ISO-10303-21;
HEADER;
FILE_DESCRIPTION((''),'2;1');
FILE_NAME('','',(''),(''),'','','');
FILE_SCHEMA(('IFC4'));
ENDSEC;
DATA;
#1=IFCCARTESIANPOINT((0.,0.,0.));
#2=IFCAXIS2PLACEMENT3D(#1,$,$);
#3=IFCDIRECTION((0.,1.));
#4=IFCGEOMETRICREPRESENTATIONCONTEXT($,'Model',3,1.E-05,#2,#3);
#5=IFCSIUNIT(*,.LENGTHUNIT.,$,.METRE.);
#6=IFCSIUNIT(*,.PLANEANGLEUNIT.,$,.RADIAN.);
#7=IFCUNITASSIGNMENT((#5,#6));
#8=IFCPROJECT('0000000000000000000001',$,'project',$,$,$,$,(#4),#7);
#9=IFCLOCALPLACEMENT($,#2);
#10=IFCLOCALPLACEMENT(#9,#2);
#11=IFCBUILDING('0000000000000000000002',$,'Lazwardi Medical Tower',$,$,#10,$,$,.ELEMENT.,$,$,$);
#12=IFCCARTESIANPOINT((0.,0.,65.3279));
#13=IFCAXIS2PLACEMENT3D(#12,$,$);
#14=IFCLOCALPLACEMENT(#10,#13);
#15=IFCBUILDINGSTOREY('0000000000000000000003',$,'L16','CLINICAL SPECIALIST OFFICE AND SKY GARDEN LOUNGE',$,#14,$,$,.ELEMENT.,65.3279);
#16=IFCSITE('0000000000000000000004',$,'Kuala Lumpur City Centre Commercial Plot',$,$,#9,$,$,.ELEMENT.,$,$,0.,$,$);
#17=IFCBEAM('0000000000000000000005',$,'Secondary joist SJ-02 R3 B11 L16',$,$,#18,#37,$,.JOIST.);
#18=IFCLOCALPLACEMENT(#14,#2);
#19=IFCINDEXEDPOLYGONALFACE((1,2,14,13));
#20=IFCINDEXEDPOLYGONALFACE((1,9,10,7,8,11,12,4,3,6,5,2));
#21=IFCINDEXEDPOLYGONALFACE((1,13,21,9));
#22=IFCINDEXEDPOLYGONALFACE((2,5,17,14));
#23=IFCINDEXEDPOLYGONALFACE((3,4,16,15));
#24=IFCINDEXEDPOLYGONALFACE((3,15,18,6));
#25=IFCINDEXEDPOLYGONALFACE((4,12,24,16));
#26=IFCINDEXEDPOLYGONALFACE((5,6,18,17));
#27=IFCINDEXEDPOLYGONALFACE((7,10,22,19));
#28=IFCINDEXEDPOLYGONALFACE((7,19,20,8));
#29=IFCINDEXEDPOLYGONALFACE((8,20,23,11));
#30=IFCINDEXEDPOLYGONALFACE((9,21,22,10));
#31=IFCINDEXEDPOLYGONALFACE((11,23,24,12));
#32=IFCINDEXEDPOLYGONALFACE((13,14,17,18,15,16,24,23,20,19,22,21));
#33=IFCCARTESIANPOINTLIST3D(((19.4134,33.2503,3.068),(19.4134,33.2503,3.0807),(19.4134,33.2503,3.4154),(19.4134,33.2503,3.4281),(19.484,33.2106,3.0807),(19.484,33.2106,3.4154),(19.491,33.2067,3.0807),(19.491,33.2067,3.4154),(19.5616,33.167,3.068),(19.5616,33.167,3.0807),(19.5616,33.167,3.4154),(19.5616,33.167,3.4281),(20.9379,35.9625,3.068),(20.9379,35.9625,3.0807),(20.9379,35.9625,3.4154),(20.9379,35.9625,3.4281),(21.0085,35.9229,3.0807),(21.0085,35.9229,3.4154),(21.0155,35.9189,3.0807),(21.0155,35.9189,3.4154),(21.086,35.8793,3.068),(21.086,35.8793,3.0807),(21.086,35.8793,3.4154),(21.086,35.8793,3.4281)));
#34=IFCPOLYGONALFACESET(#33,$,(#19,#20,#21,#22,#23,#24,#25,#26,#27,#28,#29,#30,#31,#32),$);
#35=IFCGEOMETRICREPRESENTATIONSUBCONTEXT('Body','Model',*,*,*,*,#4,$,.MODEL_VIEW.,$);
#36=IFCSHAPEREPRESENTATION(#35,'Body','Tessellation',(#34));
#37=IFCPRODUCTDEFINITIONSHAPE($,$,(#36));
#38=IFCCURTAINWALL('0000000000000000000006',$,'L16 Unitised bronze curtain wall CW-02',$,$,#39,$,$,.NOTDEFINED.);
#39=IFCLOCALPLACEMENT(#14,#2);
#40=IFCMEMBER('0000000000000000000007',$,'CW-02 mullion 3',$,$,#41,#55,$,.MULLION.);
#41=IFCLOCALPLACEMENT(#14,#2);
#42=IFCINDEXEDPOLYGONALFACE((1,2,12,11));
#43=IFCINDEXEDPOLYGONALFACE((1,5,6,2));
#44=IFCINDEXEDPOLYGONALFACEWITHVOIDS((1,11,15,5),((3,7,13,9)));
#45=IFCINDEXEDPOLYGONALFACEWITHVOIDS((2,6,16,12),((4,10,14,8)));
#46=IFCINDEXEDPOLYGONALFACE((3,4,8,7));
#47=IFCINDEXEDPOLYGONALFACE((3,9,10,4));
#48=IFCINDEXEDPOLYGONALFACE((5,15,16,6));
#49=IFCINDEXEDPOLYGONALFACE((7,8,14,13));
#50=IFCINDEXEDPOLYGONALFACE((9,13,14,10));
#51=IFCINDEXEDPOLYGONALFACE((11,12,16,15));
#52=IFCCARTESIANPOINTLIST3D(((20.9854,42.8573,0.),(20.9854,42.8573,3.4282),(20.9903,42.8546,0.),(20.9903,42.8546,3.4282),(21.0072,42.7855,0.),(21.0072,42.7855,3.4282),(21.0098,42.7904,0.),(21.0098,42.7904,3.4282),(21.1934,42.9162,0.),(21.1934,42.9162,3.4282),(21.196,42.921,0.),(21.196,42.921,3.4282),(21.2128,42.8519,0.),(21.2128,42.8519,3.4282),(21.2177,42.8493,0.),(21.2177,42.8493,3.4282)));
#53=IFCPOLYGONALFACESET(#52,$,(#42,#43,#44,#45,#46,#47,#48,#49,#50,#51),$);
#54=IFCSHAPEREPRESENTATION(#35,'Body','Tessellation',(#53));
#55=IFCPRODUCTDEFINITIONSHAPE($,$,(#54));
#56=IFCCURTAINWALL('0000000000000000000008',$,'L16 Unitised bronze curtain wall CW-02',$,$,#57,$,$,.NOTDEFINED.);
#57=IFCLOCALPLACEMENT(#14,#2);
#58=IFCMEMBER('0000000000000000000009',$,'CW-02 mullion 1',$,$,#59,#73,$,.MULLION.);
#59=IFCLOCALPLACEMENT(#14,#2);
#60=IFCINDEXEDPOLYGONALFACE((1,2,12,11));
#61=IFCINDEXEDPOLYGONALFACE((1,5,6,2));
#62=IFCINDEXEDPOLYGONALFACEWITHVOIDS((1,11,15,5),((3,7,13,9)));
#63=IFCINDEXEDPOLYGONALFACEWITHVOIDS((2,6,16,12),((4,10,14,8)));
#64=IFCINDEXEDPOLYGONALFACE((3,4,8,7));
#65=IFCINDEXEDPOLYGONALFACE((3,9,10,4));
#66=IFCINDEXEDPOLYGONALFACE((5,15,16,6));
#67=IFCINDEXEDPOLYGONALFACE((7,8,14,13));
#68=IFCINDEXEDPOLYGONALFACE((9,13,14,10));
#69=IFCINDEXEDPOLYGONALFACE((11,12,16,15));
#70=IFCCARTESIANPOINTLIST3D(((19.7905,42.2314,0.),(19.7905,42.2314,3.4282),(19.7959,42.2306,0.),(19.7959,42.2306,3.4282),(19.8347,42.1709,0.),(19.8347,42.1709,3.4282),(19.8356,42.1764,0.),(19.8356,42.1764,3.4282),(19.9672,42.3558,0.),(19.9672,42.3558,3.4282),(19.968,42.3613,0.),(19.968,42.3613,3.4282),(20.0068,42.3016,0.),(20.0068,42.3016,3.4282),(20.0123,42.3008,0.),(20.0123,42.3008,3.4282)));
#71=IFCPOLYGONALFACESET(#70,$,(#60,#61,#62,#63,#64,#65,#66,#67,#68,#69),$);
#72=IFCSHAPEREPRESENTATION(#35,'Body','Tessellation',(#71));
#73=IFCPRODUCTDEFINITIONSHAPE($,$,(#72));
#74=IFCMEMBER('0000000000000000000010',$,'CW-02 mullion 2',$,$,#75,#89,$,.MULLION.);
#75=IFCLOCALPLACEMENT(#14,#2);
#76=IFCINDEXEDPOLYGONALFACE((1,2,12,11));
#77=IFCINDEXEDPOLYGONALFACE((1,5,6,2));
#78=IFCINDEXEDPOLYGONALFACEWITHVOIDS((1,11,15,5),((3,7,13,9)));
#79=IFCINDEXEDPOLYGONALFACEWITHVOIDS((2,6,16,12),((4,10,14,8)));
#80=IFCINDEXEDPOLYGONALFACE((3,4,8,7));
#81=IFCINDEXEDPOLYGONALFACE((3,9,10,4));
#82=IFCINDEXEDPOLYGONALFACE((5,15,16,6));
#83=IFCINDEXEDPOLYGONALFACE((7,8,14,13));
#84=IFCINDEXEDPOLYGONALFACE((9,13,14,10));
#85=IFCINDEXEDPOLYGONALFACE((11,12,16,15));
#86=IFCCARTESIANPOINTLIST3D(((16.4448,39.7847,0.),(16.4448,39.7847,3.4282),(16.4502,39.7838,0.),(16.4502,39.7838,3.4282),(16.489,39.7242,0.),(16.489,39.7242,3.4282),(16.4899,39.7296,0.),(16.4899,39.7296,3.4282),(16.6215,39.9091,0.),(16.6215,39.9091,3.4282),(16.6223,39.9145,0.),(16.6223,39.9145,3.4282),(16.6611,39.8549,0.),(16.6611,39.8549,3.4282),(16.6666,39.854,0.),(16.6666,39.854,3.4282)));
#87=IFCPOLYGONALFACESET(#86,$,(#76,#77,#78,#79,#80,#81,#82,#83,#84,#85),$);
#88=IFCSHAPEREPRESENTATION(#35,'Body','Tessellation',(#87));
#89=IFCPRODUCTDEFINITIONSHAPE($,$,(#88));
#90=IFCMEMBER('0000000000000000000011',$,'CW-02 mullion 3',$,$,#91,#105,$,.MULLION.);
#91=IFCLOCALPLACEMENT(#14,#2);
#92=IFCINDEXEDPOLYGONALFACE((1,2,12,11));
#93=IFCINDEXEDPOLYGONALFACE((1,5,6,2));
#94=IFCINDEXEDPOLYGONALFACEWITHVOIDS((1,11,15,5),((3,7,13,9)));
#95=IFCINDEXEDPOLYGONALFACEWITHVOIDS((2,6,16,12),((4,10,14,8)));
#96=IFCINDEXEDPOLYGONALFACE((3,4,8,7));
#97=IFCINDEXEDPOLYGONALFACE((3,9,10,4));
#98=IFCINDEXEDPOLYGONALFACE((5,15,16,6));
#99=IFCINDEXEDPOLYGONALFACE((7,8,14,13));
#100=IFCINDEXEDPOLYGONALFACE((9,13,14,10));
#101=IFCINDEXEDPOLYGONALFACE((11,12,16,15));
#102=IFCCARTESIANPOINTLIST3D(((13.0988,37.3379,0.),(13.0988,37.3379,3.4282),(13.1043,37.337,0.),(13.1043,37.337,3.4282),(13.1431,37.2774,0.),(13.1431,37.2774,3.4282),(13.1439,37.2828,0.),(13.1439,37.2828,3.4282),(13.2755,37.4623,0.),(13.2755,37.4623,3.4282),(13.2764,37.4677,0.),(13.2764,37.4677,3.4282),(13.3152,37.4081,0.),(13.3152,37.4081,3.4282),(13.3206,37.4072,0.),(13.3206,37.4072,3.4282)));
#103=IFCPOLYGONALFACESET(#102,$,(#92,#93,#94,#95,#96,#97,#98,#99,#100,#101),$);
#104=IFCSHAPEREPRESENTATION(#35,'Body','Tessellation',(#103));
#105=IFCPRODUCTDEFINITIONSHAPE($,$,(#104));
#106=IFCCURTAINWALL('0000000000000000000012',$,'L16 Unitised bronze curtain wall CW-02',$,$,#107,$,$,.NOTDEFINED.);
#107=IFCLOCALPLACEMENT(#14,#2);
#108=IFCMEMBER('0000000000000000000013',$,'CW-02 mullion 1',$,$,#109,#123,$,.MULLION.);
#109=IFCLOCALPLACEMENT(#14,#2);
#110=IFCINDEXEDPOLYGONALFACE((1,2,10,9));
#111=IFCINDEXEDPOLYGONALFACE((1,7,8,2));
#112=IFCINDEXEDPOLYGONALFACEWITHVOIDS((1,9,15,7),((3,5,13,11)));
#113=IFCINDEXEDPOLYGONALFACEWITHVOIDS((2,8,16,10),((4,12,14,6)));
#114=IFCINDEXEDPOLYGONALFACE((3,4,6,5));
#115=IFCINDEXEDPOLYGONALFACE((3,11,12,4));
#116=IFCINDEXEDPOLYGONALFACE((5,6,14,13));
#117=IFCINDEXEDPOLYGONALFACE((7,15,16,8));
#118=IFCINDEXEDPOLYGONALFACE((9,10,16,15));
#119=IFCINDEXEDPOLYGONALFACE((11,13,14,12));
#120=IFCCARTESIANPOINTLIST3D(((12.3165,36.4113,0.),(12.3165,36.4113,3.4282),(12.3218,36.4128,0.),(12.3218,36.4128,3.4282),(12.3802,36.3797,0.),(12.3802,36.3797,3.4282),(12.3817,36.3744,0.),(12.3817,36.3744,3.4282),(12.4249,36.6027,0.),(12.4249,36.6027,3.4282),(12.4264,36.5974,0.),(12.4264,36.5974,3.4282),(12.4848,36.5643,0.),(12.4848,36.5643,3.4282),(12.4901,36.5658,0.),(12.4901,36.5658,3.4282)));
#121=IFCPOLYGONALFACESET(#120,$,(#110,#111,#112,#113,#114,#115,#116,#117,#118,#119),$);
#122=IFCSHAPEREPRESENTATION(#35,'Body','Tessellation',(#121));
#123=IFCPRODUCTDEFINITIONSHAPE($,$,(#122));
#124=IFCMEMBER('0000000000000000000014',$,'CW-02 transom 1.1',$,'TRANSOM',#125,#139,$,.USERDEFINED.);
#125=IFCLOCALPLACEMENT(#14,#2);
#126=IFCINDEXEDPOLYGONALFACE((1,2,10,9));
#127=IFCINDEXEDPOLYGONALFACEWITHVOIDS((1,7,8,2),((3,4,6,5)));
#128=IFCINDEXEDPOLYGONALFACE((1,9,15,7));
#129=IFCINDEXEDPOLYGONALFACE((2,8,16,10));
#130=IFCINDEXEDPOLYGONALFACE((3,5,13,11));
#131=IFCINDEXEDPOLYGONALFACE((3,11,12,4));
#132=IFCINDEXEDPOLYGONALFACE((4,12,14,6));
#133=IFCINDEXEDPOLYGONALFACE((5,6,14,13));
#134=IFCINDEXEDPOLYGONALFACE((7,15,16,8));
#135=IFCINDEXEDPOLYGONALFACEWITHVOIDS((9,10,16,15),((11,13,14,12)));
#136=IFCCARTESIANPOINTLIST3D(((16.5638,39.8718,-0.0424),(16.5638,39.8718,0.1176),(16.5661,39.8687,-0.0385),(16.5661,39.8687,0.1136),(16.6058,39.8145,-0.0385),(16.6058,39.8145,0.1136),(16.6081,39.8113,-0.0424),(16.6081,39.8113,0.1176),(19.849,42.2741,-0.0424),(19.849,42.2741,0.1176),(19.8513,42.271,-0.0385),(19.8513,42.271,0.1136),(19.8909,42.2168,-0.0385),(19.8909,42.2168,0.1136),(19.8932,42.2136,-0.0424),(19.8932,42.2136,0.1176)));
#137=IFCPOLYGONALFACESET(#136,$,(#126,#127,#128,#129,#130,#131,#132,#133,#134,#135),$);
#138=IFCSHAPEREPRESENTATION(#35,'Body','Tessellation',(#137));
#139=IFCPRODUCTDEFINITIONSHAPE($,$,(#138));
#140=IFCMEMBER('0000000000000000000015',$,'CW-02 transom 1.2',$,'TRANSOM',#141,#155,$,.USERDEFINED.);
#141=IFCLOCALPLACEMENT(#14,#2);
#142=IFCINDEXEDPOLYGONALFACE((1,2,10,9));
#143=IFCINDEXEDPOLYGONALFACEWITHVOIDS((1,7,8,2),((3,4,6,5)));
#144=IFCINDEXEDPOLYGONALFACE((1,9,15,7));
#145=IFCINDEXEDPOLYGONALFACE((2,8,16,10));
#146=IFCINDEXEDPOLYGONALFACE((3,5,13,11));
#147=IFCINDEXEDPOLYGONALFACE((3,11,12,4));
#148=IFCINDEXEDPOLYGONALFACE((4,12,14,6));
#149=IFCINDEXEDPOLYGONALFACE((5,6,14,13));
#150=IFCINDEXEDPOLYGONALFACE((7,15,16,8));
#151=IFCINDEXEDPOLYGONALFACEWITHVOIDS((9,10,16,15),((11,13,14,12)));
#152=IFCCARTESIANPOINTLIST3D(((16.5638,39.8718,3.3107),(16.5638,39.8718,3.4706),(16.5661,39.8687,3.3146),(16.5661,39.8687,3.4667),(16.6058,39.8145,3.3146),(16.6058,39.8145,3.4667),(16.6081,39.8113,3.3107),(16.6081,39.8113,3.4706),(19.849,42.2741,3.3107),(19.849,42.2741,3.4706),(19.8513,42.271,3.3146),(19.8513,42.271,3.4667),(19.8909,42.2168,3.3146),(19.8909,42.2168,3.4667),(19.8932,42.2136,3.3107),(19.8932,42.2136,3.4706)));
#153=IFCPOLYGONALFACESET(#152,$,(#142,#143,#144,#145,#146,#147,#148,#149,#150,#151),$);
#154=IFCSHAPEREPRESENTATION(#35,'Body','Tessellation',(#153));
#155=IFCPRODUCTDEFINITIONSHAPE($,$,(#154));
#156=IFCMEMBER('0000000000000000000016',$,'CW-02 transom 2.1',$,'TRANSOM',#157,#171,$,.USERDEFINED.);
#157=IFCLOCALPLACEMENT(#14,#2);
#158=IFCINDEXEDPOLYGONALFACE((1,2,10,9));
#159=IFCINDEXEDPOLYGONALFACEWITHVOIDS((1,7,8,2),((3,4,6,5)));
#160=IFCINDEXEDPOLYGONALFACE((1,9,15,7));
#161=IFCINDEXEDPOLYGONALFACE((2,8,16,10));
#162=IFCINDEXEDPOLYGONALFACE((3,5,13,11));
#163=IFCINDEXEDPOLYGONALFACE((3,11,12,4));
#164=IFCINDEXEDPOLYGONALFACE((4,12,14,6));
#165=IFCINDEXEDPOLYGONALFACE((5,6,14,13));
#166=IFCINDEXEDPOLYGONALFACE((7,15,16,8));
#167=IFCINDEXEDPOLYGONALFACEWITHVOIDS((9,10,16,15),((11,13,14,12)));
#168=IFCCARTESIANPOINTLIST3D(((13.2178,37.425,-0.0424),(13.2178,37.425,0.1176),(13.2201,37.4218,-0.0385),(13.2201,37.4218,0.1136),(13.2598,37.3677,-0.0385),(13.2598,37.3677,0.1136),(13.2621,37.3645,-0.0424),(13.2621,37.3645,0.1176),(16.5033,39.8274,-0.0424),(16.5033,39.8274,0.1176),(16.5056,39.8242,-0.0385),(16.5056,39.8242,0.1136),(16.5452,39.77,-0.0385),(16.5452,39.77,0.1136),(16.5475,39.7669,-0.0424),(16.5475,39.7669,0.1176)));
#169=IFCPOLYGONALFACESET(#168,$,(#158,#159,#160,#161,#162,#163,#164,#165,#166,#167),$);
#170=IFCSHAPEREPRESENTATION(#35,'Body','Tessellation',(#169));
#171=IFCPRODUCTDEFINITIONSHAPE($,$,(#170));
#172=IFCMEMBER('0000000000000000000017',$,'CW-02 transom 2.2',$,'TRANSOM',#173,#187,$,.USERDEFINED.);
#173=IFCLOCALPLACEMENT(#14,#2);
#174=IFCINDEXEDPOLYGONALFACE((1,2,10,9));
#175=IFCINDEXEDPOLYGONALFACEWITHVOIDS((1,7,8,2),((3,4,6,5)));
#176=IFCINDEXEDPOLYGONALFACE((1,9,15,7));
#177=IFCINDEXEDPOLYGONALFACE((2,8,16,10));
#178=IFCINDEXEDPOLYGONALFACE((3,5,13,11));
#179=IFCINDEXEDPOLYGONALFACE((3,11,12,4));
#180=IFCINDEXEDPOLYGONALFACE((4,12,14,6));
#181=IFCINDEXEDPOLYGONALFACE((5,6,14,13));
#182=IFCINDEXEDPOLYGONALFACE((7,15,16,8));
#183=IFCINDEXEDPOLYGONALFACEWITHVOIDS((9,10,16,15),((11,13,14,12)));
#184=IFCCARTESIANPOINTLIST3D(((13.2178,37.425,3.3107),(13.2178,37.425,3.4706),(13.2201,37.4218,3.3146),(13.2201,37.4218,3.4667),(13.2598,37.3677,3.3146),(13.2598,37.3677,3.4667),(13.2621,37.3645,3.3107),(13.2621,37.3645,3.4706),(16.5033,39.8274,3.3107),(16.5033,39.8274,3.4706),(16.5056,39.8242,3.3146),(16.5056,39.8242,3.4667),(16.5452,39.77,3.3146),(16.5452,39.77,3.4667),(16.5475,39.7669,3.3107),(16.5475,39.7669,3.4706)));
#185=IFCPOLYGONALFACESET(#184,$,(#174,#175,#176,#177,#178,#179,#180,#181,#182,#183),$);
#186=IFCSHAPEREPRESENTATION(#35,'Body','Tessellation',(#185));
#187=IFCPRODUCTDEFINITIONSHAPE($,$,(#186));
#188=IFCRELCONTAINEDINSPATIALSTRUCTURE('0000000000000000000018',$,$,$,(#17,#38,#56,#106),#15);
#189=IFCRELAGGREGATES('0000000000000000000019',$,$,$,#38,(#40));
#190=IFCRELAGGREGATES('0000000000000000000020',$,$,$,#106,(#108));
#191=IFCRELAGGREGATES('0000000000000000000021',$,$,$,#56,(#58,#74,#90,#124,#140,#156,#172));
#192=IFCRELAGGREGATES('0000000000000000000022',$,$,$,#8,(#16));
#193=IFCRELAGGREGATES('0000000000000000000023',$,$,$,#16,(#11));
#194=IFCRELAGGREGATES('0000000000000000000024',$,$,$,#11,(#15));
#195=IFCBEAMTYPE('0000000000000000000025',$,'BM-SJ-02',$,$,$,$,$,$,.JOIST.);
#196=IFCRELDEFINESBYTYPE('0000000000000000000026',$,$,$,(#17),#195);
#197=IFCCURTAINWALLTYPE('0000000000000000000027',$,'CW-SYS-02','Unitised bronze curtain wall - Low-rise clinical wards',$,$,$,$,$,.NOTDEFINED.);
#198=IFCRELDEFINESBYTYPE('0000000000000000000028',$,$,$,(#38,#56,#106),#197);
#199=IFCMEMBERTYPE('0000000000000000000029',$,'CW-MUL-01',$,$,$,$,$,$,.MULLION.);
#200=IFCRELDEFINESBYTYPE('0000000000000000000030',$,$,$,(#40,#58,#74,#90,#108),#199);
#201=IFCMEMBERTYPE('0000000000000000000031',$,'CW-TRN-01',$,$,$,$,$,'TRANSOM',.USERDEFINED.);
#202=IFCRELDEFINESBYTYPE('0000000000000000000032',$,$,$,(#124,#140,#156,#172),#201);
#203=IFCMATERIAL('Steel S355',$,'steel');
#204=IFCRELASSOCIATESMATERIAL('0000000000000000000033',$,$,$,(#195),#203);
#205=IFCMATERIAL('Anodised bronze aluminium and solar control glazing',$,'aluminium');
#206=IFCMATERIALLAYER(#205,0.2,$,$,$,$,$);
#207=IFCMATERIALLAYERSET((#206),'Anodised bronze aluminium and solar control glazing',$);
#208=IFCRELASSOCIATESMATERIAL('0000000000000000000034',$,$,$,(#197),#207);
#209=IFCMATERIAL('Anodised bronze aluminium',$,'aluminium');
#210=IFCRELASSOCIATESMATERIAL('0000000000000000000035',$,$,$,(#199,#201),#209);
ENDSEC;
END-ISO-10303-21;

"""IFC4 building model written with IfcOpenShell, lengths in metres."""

from ifc_helpers import new_model, si_unit, direction, frame, origin, origin_2d, place, context, subcontext, project, spatial, hollow_rectangle, i_section, extrude, material, layer, layer_set, material_profile, profile_set, type_object, element, aggregate, save


model = new_model("IFC4")

# Units and contexts
model_context = context("Model", 3, precision=1e-05, world=origin(), true_north=direction((0.0, 1.0)))
body_context = subcontext(model_context, "Body", "Model", "MODEL_VIEW")
ifc_project = project(units=[si_unit("LENGTHUNIT", "METRE"), si_unit("PLANEANGLEUNIT", "RADIAN")], contexts=[model_context])

# Site, building, storey
site_placement = place(None, origin())
site = spatial("IfcSite", under=ifc_project, at=site_placement, Name="Kuala Lumpur City Centre Commercial Plot", CompositionType="ELEMENT", RefElevation=0.0)
building_placement = place(site_placement, origin())
building = spatial("IfcBuilding", under=site, at=building_placement, Name="Lazwardi Medical Tower", CompositionType="ELEMENT")
storey_placement = place(building_placement, frame((0.0, 0.0, 65.3279)))
storey = spatial("IfcBuildingStorey", under=building, at=storey_placement, Name="L16", Description="CLINICAL SPECIALIST OFFICE AND SKY GARDEN LOUNGE", CompositionType="ELEMENT", Elevation=65.3279)

# Beam
ifc_material_1 = material(Name="Steel S355", Category="steel")
ifc_material_profile_1 = material_profile(ifc_material_1, i_section(OverallWidth=0.1699, OverallDepth=0.3601, WebThickness=0.0081, FlangeThickness=0.0127, at=origin_2d()), Name="IPE 360")
ifc_profile_set_1 = profile_set([ifc_material_profile_1], Name="Steel S355")
beam_type_1 = type_object("IfcBeamType", Name="BM-SJ-02", PredefinedType="JOIST", material=ifc_profile_set_1)
beam_1_placement = place(storey_placement, frame((21.012, 35.9209, 3.248), z_axis=(-0.489974, -0.871737, 0.0), x_axis=(0.871737, -0.489974, 0.0)))
element("IfcBeam", 1, at=beam_1_placement, inside=storey, type_object=beam_type_1, Name="Secondary joist SJ-02 R3 B11 L16", PredefinedType="JOIST", context=body_context, shape_type="SweptSolid", body=[
    extrude(i_section(OverallWidth=0.1699, OverallDepth=0.3601, WebThickness=0.0081, FlangeThickness=0.0127, at=origin_2d()), origin(), (0.0, 0.0, 1.0), 3.1113),
])

# Curtain wall, member
ifc_material_2 = material(Name="Anodised bronze aluminium and solar control glazing", Category="aluminium")
ifc_layer_1 = layer(ifc_material_2, 0.2)
ifc_layer_set_1 = layer_set([ifc_layer_1], Name="Anodised bronze aluminium and solar control glazing")
curtain_wall_type = type_object("IfcCurtainWallType", Name="CW-SYS-02", Description="Unitised bronze curtain wall - Low-rise clinical wards", PredefinedType="NOTDEFINED", material=ifc_layer_set_1)
curtain_wall_1_placement = place(storey_placement, origin())
curtain_wall_1 = element("IfcCurtainWall", 2, at=curtain_wall_1_placement, inside=storey, type_object=curtain_wall_type, Name="L16 Unitised bronze curtain wall CW-02", PredefinedType="NOTDEFINED")
ifc_material_3 = material(Name="Anodised bronze aluminium", Category="aluminium")
ifc_material_profile_2 = material_profile(ifc_material_3, hollow_rectangle(XDim=0.075, YDim=0.22, WallThickness=0.0039, at=origin_2d()), Name="ALU-MULLION 220x75x4")
ifc_profile_set_2 = profile_set([ifc_material_profile_2], Name="Anodised bronze aluminium")
member_type_1 = type_object("IfcMemberType", Name="CW-MUL-01", PredefinedType="MULLION", material=ifc_profile_set_2)
member_1_placement = place(storey_placement, frame((21.1016, 42.8533, 0.0), z_axis=(0.0, 0.0, 1.0), x_axis=(0.289896, -0.957058, 0.0)))
member_1 = element("IfcMember", 3, at=member_1_placement, type_object=member_type_1, Name="CW-02 mullion 3", PredefinedType="MULLION", context=body_context, shape_type="SweptSolid", body=[
    extrude(hollow_rectangle(XDim=0.075, YDim=0.22, WallThickness=0.0039, at=origin_2d()), origin(), (0.0, 0.0, 1.0), 3.4282),
])
aggregate(curtain_wall_1, [member_1])

# Curtain wall, members
curtain_wall_2_placement = place(storey_placement, origin())
curtain_wall_2 = element("IfcCurtainWall", 4, at=curtain_wall_2_placement, inside=storey, type_object=curtain_wall_type, Name="L16 Unitised bronze curtain wall CW-02", PredefinedType="NOTDEFINED")
member_2_placement = place(storey_placement, frame((19.9014, 42.2661, 0.0), z_axis=(0.0, 0.0, 1.0), x_axis=(0.590289, -0.807192, 0.0)))
member_2 = element("IfcMember", 5, at=member_2_placement, type_object=member_type_1, Name="CW-02 mullion 1", PredefinedType="MULLION", context=body_context, shape_type="SweptSolid", body=[
    extrude(hollow_rectangle(XDim=0.075, YDim=0.22, WallThickness=0.0039, at=origin_2d()), origin(), (0.0, 0.0, 1.0), 3.4282),
])
member_3_placement = place(storey_placement, frame((16.5557, 39.8193, 0.0), z_axis=(0.0, 0.0, 1.0), x_axis=(0.590289, -0.807192, 0.0)))
member_3 = element("IfcMember", 6, at=member_3_placement, type_object=member_type_1, Name="CW-02 mullion 2", PredefinedType="MULLION", context=body_context, shape_type="SweptSolid", body=[
    extrude(hollow_rectangle(XDim=0.075, YDim=0.22, WallThickness=0.0039, at=origin_2d()), origin(), (0.0, 0.0, 1.0), 3.4282),
])
member_4_placement = place(storey_placement, frame((13.2097, 37.3726, 0.0), z_axis=(0.0, 0.0, 1.0), x_axis=(0.590289, -0.807192, 0.0)))
member_4 = element("IfcMember", 7, at=member_4_placement, type_object=member_type_1, Name="CW-02 mullion 3", PredefinedType="MULLION", context=body_context, shape_type="SweptSolid", body=[
    extrude(hollow_rectangle(XDim=0.075, YDim=0.22, WallThickness=0.0039, at=origin_2d()), origin(), (0.0, 0.0, 1.0), 3.4282),
])

# Curtain wall, member
curtain_wall_3_placement = place(storey_placement, origin())
curtain_wall_3 = element("IfcCurtainWall", 8, at=curtain_wall_3_placement, inside=storey, type_object=curtain_wall_type, Name="L16 Unitised bronze curtain wall CW-02", PredefinedType="NOTDEFINED")
member_5_placement = place(storey_placement, frame((12.4033, 36.4885, 0.0), z_axis=(0.0, 0.0, 1.0), x_axis=(0.870112, -0.492854, 0.0)))
member_5 = element("IfcMember", 9, at=member_5_placement, type_object=member_type_1, Name="CW-02 mullion 1", PredefinedType="MULLION", context=body_context, shape_type="SweptSolid", body=[
    extrude(hollow_rectangle(XDim=0.075, YDim=0.22, WallThickness=0.0039, at=origin_2d()), origin(), (0.0, 0.0, 1.0), 3.4282),
])

# Members
ifc_material_profile_3 = material_profile(ifc_material_3, hollow_rectangle(XDim=0.075, YDim=0.1599, WallThickness=0.0039, at=origin_2d()), Name="ALU-TRANSOM 160x75x4")
ifc_profile_set_3 = profile_set([ifc_material_profile_3], Name="Anodised bronze aluminium")
member_type_2 = type_object("IfcMemberType", Name="CW-TRN-01", ElementType="TRANSOM", PredefinedType="USERDEFINED", material=ifc_profile_set_3)
member_6_placement = place(storey_placement, frame((19.8711, 42.2439, 0.0376), z_axis=(-0.807198, -0.590281, 0.0), x_axis=(0.590281, -0.807198, 0.0)))
member_6 = element("IfcMember", 10, at=member_6_placement, type_object=member_type_2, Name="CW-02 transom 1.1", ObjectType="TRANSOM", PredefinedType="USERDEFINED", context=body_context, shape_type="SweptSolid", body=[
    extrude(hollow_rectangle(XDim=0.075, YDim=0.1599, WallThickness=0.0039, at=origin_2d()), origin(), (0.0, 0.0, 1.0), 4.0698),
])
member_7_placement = place(storey_placement, frame((19.8711, 42.2439, 3.3906), z_axis=(-0.807198, -0.590281, 0.0), x_axis=(0.590281, -0.807198, 0.0)))
member_7 = element("IfcMember", 11, at=member_7_placement, type_object=member_type_2, Name="CW-02 transom 1.2", ObjectType="TRANSOM", PredefinedType="USERDEFINED", context=body_context, shape_type="SweptSolid", body=[
    extrude(hollow_rectangle(XDim=0.075, YDim=0.1599, WallThickness=0.0039, at=origin_2d()), origin(), (0.0, 0.0, 1.0), 4.0698),
])
member_8_placement = place(storey_placement, frame((16.5254, 39.7971, 0.0376), z_axis=(-0.807219, -0.590253, 0.0), x_axis=(0.590253, -0.807219, 0.0)))
member_8 = element("IfcMember", 12, at=member_8_placement, type_object=member_type_2, Name="CW-02 transom 2.1", ObjectType="TRANSOM", PredefinedType="USERDEFINED", context=body_context, shape_type="SweptSolid", body=[
    extrude(hollow_rectangle(XDim=0.075, YDim=0.1599, WallThickness=0.0039, at=origin_2d()), origin(), (0.0, 0.0, 1.0), 4.0701),
])
member_9_placement = place(storey_placement, frame((16.5254, 39.7971, 3.3906), z_axis=(-0.807219, -0.590253, 0.0), x_axis=(0.590253, -0.807219, 0.0)))
member_9 = element("IfcMember", 13, at=member_9_placement, type_object=member_type_2, Name="CW-02 transom 2.2", ObjectType="TRANSOM", PredefinedType="USERDEFINED", context=body_context, shape_type="SweptSolid", body=[
    extrude(hollow_rectangle(XDim=0.075, YDim=0.1599, WallThickness=0.0039, at=origin_2d()), origin(), (0.0, 0.0, 1.0), 4.0701),
])
aggregate(curtain_wall_3, [member_5])

aggregate(curtain_wall_2, [member_2, member_3, member_4, member_6, member_7, member_8, member_9])

save(model, "model.ifc")
